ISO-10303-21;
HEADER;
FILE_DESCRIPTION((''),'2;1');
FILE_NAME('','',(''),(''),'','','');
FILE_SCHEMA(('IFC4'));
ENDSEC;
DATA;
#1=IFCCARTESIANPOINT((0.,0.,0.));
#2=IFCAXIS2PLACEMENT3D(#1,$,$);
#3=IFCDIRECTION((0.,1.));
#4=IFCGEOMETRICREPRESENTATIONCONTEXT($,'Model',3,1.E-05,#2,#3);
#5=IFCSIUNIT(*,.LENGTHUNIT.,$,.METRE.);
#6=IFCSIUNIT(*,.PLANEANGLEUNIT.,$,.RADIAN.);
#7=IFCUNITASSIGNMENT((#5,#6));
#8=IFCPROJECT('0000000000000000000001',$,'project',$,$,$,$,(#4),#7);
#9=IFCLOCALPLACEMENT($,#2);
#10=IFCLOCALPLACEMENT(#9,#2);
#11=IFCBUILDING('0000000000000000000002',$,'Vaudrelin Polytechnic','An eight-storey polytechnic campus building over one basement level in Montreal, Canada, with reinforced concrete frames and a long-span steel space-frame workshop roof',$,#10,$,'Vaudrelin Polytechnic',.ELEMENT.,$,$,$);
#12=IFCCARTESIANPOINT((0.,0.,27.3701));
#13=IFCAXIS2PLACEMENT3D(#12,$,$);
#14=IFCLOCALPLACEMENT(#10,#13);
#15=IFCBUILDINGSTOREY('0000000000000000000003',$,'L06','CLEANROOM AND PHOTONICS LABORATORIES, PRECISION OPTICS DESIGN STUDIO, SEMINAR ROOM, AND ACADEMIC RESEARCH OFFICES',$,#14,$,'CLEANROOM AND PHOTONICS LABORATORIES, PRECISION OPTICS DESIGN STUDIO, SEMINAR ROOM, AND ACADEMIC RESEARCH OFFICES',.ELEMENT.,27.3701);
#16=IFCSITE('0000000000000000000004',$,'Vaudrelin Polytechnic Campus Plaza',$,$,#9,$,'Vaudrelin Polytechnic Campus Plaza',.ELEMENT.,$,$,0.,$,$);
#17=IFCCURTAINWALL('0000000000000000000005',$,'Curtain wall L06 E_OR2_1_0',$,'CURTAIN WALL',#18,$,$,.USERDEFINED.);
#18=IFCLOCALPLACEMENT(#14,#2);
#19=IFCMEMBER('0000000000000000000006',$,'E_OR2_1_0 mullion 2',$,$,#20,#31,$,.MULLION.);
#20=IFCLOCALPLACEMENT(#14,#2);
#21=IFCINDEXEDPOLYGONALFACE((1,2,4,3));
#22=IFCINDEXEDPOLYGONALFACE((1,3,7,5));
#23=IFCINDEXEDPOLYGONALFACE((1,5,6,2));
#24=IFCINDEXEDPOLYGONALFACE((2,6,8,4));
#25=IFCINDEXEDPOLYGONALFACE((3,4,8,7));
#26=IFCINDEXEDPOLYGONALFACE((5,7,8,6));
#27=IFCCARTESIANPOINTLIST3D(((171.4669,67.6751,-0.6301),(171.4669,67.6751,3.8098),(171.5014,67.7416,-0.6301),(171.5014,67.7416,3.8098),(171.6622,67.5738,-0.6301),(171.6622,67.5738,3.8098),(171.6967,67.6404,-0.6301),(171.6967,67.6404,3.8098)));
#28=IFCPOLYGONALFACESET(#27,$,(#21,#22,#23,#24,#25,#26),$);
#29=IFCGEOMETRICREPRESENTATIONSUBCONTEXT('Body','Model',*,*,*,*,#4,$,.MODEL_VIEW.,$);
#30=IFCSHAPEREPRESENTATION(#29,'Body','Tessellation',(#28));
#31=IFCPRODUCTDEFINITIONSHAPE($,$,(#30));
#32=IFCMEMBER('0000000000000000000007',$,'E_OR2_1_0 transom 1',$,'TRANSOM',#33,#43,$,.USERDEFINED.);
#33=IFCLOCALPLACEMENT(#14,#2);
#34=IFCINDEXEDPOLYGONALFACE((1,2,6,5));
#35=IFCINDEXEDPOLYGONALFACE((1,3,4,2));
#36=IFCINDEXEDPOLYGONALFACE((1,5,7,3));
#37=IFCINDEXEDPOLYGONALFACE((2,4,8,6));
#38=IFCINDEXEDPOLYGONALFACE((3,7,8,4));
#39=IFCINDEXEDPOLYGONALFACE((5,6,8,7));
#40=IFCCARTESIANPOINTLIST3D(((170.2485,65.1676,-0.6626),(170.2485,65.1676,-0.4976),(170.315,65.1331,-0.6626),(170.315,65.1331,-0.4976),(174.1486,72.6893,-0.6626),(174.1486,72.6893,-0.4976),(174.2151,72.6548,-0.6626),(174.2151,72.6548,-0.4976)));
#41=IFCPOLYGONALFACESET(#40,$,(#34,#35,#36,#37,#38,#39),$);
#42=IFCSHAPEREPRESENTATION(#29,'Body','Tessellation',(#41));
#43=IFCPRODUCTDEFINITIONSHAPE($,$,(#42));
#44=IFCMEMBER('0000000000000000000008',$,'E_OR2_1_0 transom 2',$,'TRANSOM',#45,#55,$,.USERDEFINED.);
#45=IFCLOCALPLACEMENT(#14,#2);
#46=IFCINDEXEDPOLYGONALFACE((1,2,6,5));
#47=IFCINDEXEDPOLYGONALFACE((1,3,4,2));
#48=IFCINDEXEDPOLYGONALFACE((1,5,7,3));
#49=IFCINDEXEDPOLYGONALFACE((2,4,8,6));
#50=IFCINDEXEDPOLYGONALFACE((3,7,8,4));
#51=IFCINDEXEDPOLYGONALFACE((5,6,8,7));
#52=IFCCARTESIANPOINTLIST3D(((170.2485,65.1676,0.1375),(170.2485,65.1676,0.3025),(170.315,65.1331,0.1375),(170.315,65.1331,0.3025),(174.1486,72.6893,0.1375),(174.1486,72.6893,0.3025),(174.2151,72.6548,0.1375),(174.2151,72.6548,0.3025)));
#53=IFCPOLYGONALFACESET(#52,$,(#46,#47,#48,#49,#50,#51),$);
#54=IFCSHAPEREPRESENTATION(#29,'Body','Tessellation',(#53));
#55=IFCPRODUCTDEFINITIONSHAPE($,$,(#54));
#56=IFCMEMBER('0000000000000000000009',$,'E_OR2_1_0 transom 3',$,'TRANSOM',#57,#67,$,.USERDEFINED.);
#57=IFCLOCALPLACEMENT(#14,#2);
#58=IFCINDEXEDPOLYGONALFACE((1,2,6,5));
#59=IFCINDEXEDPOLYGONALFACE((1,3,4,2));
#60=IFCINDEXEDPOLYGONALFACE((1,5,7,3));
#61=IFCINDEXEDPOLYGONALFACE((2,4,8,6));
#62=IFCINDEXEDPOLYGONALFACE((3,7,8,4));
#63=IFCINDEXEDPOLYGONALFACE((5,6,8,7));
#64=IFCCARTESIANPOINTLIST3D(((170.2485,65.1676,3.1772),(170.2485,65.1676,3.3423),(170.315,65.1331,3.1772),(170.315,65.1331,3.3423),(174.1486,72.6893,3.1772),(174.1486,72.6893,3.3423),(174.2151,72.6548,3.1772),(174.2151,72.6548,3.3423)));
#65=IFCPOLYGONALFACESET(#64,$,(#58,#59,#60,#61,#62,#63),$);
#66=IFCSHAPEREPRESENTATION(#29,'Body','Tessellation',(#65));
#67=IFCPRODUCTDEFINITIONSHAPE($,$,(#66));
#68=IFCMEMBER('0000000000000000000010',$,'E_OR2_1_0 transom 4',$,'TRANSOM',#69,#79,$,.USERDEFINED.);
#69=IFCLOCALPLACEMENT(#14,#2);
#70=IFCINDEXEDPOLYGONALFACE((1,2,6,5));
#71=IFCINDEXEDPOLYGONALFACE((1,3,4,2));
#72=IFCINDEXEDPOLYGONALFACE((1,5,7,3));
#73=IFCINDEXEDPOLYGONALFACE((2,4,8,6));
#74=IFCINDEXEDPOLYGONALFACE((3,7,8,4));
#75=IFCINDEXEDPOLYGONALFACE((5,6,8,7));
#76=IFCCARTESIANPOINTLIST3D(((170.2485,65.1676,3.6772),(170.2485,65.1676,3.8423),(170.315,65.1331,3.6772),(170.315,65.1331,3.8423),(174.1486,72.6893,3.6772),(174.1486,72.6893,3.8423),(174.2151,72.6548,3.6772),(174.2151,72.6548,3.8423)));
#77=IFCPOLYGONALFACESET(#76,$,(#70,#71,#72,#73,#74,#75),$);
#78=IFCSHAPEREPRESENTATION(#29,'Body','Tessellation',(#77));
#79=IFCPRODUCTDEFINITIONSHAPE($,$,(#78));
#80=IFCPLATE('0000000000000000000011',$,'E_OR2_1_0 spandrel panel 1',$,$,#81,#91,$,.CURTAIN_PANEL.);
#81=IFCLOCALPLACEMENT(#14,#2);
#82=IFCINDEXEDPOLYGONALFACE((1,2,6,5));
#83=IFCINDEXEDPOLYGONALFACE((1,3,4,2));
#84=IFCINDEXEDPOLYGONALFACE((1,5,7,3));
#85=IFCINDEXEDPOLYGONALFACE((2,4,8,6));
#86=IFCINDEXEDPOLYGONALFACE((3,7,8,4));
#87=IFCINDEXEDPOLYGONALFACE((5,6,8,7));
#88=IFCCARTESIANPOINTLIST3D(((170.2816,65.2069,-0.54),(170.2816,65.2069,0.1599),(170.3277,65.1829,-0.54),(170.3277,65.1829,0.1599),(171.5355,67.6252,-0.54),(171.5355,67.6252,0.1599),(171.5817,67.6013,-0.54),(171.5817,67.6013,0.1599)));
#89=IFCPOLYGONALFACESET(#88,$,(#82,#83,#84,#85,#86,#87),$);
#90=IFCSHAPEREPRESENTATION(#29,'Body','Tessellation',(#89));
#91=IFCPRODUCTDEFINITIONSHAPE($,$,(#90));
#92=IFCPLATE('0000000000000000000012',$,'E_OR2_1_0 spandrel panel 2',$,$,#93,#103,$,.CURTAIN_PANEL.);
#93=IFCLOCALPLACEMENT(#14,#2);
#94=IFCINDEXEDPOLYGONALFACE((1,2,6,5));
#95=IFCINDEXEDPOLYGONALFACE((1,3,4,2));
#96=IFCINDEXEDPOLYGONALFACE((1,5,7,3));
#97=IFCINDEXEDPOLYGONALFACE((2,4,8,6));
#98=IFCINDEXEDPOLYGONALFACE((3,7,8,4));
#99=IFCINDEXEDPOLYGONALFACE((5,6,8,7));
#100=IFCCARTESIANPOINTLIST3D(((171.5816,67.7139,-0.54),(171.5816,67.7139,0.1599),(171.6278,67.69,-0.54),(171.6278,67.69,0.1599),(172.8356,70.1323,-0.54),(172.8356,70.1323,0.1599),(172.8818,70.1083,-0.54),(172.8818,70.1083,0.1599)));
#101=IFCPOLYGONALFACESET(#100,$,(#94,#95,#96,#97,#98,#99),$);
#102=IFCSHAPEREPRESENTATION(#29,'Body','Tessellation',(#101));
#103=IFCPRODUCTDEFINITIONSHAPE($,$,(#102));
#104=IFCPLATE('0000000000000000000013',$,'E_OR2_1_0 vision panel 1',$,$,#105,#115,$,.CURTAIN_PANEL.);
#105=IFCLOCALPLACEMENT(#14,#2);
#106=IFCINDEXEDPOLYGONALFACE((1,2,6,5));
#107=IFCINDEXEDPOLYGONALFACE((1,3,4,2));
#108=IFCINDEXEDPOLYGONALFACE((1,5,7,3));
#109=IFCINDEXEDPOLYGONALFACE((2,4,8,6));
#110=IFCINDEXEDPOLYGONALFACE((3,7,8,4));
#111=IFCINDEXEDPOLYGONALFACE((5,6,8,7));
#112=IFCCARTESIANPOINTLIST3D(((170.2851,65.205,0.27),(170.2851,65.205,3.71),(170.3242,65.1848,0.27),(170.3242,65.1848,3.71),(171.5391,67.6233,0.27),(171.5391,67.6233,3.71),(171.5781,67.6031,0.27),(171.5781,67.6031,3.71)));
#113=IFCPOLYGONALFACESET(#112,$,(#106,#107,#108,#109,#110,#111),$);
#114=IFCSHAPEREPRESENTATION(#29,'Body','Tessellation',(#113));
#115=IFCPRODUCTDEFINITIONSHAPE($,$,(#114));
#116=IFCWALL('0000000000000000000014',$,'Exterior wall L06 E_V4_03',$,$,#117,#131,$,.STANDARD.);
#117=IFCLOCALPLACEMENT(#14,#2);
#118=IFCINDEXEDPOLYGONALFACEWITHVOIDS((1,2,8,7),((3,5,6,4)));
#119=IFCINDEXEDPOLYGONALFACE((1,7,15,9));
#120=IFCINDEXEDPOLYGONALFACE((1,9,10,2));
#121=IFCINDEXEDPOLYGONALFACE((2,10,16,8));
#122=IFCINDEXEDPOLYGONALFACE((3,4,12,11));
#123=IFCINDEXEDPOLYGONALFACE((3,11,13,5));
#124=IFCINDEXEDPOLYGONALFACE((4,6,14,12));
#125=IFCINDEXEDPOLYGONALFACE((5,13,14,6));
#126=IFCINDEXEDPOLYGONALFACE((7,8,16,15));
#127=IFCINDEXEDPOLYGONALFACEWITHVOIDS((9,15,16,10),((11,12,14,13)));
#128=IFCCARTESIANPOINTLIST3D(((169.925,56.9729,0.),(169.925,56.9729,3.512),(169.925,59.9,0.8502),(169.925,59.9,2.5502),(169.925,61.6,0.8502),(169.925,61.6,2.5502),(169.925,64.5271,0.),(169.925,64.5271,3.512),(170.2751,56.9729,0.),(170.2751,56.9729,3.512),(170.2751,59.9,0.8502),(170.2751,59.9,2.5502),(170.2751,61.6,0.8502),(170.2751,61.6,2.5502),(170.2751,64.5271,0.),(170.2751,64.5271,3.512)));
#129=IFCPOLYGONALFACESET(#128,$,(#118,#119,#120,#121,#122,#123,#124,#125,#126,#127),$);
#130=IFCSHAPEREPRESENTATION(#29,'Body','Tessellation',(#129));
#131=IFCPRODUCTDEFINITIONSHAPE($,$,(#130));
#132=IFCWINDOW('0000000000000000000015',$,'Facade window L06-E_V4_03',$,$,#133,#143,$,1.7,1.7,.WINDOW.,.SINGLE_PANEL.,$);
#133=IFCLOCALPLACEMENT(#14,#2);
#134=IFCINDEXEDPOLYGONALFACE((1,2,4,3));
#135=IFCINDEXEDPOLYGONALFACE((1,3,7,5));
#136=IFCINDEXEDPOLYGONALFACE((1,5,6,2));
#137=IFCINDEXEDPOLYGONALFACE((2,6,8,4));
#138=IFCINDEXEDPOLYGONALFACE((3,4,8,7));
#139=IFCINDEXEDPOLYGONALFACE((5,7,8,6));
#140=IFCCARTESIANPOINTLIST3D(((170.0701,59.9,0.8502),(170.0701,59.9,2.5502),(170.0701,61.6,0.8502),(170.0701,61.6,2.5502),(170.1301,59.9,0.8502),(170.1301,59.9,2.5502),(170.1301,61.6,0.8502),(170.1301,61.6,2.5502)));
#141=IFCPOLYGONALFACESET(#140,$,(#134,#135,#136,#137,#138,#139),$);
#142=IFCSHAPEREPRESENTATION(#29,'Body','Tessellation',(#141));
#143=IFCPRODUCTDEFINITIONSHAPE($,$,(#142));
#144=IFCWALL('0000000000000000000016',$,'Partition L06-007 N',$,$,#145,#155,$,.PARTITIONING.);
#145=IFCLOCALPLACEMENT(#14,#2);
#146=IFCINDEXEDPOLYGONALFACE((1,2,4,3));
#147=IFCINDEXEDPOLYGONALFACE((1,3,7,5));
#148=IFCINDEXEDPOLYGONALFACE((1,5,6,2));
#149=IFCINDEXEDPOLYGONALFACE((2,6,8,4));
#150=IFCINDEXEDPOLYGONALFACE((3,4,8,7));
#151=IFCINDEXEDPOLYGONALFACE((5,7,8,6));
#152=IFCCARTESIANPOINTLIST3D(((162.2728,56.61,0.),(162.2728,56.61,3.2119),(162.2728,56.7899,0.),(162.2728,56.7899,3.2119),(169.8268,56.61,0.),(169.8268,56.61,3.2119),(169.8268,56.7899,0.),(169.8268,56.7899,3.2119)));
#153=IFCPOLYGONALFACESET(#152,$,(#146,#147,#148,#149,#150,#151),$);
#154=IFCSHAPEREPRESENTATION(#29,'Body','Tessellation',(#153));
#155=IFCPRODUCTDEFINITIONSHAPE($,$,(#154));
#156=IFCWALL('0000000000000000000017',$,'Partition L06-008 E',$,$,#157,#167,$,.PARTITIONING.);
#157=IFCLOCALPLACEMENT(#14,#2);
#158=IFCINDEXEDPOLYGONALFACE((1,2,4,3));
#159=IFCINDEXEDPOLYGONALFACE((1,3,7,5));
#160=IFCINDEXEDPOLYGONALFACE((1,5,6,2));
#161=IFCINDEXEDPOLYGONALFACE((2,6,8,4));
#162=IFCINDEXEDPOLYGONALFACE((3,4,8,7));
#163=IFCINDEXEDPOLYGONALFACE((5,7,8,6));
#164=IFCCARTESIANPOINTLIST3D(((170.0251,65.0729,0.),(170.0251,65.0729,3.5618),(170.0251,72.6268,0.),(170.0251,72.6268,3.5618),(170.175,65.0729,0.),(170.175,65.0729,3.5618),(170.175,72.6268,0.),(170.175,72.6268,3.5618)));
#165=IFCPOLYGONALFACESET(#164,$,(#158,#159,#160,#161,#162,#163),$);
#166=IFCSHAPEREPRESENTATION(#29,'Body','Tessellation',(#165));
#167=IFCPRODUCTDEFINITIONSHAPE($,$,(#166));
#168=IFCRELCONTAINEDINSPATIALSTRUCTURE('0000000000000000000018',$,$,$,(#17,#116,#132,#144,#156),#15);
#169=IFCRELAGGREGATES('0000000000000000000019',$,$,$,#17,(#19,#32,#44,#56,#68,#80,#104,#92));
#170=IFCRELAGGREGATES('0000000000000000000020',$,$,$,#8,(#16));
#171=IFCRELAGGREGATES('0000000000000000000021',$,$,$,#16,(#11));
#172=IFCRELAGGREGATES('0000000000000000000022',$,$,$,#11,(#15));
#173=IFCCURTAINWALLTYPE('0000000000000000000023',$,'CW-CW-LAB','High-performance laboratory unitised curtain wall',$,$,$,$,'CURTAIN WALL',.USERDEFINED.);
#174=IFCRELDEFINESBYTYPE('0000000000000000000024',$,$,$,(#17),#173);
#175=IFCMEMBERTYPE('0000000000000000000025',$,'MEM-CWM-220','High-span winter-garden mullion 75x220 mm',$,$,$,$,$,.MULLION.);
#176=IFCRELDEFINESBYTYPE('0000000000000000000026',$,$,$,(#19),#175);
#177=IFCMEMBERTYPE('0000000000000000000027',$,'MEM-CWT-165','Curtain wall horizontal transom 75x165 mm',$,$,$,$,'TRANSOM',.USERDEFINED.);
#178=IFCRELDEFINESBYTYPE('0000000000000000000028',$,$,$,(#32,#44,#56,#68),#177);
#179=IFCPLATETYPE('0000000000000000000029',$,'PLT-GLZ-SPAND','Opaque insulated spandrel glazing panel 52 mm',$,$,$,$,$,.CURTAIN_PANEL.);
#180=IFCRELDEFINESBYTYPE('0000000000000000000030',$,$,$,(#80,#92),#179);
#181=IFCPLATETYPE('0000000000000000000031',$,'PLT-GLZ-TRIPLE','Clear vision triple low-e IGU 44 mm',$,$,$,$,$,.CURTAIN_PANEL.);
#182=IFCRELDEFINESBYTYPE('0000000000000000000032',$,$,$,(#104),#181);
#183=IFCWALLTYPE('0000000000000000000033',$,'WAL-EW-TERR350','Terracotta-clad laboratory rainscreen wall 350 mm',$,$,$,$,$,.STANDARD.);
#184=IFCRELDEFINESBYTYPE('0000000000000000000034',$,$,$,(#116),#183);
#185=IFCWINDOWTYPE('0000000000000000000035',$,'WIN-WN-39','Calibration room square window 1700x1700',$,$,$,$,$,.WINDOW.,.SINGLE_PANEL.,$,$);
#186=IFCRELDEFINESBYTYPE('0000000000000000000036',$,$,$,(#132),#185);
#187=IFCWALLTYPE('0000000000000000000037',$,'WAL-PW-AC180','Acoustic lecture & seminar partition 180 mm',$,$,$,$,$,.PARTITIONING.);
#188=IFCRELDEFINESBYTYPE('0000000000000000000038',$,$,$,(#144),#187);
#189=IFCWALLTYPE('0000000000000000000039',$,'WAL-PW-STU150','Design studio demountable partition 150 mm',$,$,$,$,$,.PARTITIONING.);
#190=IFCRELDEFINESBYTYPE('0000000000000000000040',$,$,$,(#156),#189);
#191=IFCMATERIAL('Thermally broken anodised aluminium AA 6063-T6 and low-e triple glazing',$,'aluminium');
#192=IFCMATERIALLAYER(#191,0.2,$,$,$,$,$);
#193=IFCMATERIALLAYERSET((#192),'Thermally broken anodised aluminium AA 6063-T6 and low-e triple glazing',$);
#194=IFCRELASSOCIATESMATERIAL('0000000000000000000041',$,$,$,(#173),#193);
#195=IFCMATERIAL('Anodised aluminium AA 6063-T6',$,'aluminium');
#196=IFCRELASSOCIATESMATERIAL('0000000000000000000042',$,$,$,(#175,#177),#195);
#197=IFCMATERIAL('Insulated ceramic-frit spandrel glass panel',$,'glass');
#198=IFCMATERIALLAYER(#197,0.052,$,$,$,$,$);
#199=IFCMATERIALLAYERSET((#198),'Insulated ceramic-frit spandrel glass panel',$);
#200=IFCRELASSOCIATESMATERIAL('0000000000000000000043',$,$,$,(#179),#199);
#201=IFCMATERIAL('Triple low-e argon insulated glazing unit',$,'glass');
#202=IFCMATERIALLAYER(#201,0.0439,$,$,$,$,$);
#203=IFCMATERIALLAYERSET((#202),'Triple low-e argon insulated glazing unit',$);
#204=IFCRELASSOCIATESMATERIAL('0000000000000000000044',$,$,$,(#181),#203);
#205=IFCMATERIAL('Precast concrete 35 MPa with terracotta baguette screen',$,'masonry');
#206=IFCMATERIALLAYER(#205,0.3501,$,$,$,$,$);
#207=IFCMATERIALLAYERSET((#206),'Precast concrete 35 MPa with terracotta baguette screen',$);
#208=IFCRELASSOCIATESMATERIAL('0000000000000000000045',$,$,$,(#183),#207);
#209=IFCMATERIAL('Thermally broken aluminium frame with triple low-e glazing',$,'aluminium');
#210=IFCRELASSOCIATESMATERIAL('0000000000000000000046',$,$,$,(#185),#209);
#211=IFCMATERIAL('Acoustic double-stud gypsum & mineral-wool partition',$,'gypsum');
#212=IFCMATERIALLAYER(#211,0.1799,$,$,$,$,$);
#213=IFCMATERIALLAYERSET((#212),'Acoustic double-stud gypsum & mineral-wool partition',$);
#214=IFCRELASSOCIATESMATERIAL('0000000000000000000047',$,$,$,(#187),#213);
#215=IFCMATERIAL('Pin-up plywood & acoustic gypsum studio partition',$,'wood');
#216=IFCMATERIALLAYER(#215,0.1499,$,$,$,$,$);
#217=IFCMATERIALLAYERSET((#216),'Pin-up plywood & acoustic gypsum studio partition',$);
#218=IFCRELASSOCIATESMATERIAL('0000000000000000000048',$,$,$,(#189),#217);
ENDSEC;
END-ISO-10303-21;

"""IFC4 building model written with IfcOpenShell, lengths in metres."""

from ifc_helpers import new_model, si_unit, direction, frame, frame_2d, origin, origin_2d, place, context, subcontext, project, spatial, rectangle, extrude, material, layer, layer_set, material_profile, profile_set, type_object, element, fill, aggregate, save


model = new_model("IFC4")

# Units and contexts
model_context = context("Model", 3, precision=1e-05, world=origin(), true_north=direction((0.0, 1.0)))
body_context = subcontext(model_context, "Body", "Model", "MODEL_VIEW")
ifc_project = project(units=[si_unit("LENGTHUNIT", "METRE"), si_unit("PLANEANGLEUNIT", "RADIAN")], contexts=[model_context])

# Site, building, storey
site_placement = place(None, origin())
site = spatial("IfcSite", under=ifc_project, at=site_placement, Name="Vaudrelin Polytechnic Campus Plaza", LongName="Vaudrelin Polytechnic Campus Plaza", CompositionType="ELEMENT", RefElevation=0.0)
building_placement = place(site_placement, origin())
building = spatial("IfcBuilding", under=site, at=building_placement, Name="Vaudrelin Polytechnic", Description="An eight-storey polytechnic campus building over one basement level in Montreal, Canada, with reinforced concrete frames and a long-span steel space-frame workshop roof", LongName="Vaudrelin Polytechnic", CompositionType="ELEMENT")
storey_placement = place(building_placement, frame((0.0, 0.0, 27.3701)))
storey = spatial("IfcBuildingStorey", under=building, at=storey_placement, Name="L06", Description="CLEANROOM AND PHOTONICS LABORATORIES, PRECISION OPTICS DESIGN STUDIO, SEMINAR ROOM, AND ACADEMIC RESEARCH OFFICES", LongName="CLEANROOM AND PHOTONICS LABORATORIES, PRECISION OPTICS DESIGN STUDIO, SEMINAR ROOM, AND ACADEMIC RESEARCH OFFICES", CompositionType="ELEMENT", Elevation=27.3701)

# Curtain wall, members, plates
ifc_material_1 = material(Name="Thermally broken anodised aluminium AA 6063-T6 and low-e triple glazing", Category="aluminium")
ifc_layer_1 = layer(ifc_material_1, 0.2)
ifc_layer_set_1 = layer_set([ifc_layer_1], Name="Thermally broken anodised aluminium AA 6063-T6 and low-e triple glazing")
curtain_wall_type = type_object("IfcCurtainWallType", Name="CW-CW-LAB", Description="High-performance laboratory unitised curtain wall", ElementType="CURTAIN WALL", PredefinedType="USERDEFINED", material=ifc_layer_set_1)
curtain_wall_placement = place(storey_placement, origin())
curtain_wall = element("IfcCurtainWall", 1, at=curtain_wall_placement, inside=storey, type_object=curtain_wall_type, Name="Curtain wall L06 E_OR2_1_0", ObjectType="CURTAIN WALL", PredefinedType="USERDEFINED")
ifc_material_2 = material(Name="Anodised aluminium AA 6063-T6", Category="aluminium")
ifc_material_profile_1 = material_profile(ifc_material_2, rectangle(XDim=0.075, YDim=0.22, at=origin_2d()), Name="CWM-75x220")
ifc_profile_set_1 = profile_set([ifc_material_profile_1], Name="Anodised aluminium AA 6063-T6")
member_type_1 = type_object("IfcMemberType", Name="MEM-CWM-220", Description="High-span winter-garden mullion 75x220 mm", PredefinedType="MULLION", material=ifc_profile_set_1)
member_1_placement = place(storey_placement, frame((171.5818, 67.6577, -0.6301), z_axis=(0.0, 0.0, 1.0), x_axis=(0.460323, 0.887751, 0.0)))
member_1 = element("IfcMember", 2, at=member_1_placement, type_object=member_type_1, Name="E_OR2_1_0 mullion 2", PredefinedType="MULLION", context=body_context, shape_type="SweptSolid", body=[
    extrude(rectangle(XDim=0.075, YDim=0.22, at=origin_2d()), origin(), (0.0, 0.0, 1.0), 4.4399),
])
ifc_material_profile_2 = material_profile(ifc_material_2, rectangle(XDim=0.075, YDim=0.165, at=origin_2d()), Name="CWT-75x165")
ifc_profile_set_2 = profile_set([ifc_material_profile_2], Name="Anodised aluminium AA 6063-T6")
member_type_2 = type_object("IfcMemberType", Name="MEM-CWT-165", Description="Curtain wall horizontal transom 75x165 mm", ElementType="TRANSOM", PredefinedType="USERDEFINED", material=ifc_profile_set_2)
member_2_placement = place(storey_placement, frame((170.2817, 65.1504, -0.5801), z_axis=(0.460316, 0.887755, 0.0), x_axis=(-0.887755, 0.460316, 0.0)))
member_2 = element("IfcMember", 3, at=member_2_placement, type_object=member_type_2, Name="E_OR2_1_0 transom 1", ObjectType="TRANSOM", PredefinedType="USERDEFINED", context=body_context, shape_type="SweptSolid", body=[
    extrude(rectangle(XDim=0.075, YDim=0.165, at=origin_2d()), origin(), (0.0, 0.0, 1.0), 8.4727),
])
member_3_placement = place(storey_placement, frame((170.2817, 65.1504, 0.22), z_axis=(0.460316, 0.887755, 0.0), x_axis=(-0.887755, 0.460316, 0.0)))
member_3 = element("IfcMember", 4, at=member_3_placement, type_object=member_type_2, Name="E_OR2_1_0 transom 2", ObjectType="TRANSOM", PredefinedType="USERDEFINED", context=body_context, shape_type="SweptSolid", body=[
    extrude(rectangle(XDim=0.075, YDim=0.165, at=origin_2d()), origin(), (0.0, 0.0, 1.0), 8.4727),
])
member_4_placement = place(storey_placement, frame((170.2817, 65.1504, 3.2598), z_axis=(0.460316, 0.887755, 0.0), x_axis=(-0.887755, 0.460316, 0.0)))
member_4 = element("IfcMember", 5, at=member_4_placement, type_object=member_type_2, Name="E_OR2_1_0 transom 3", ObjectType="TRANSOM", PredefinedType="USERDEFINED", context=body_context, shape_type="SweptSolid", body=[
    extrude(rectangle(XDim=0.075, YDim=0.165, at=origin_2d()), origin(), (0.0, 0.0, 1.0), 8.4727),
])
member_5_placement = place(storey_placement, frame((170.2817, 65.1504, 3.7598), z_axis=(0.460316, 0.887755, 0.0), x_axis=(-0.887755, 0.460316, 0.0)))
member_5 = element("IfcMember", 6, at=member_5_placement, type_object=member_type_2, Name="E_OR2_1_0 transom 4", ObjectType="TRANSOM", PredefinedType="USERDEFINED", context=body_context, shape_type="SweptSolid", body=[
    extrude(rectangle(XDim=0.075, YDim=0.165, at=origin_2d()), origin(), (0.0, 0.0, 1.0), 8.4727),
])
ifc_material_3 = material(Name="Insulated ceramic-frit spandrel glass panel", Category="glass")
ifc_layer_2 = layer(ifc_material_3, 0.052)
ifc_layer_set_2 = layer_set([ifc_layer_2], Name="Insulated ceramic-frit spandrel glass panel")
plate_type_1 = type_object("IfcPlateType", Name="PLT-GLZ-SPAND", Description="Opaque insulated spandrel glazing panel 52 mm", PredefinedType="CURTAIN_PANEL", material=ifc_layer_set_2)
plate_1_placement = place(storey_placement, frame((170.9316, 66.4041, -0.54), z_axis=(0.0, 0.0, 1.0), x_axis=(0.460323, 0.887751, 0.0)))
plate_1 = element("IfcPlate", 7, at=plate_1_placement, type_object=plate_type_1, Name="E_OR2_1_0 spandrel panel 1", PredefinedType="CURTAIN_PANEL", context=body_context, shape_type="SweptSolid", body=[
    extrude(rectangle(XDim=2.7241, YDim=0.052, at=origin_2d()), origin(), (0.0, 0.0, 1.0), 0.7),
])
plate_2_placement = place(storey_placement, frame((172.2317, 68.9111, -0.54), z_axis=(0.0, 0.0, 1.0), x_axis=(0.460323, 0.887751, 0.0)))
plate_2 = element("IfcPlate", 8, at=plate_2_placement, type_object=plate_type_1, Name="E_OR2_1_0 spandrel panel 2", PredefinedType="CURTAIN_PANEL", context=body_context, shape_type="SweptSolid", body=[
    extrude(rectangle(XDim=2.7241, YDim=0.052, at=origin_2d()), origin(), (0.0, 0.0, 1.0), 0.7),
])
ifc_material_4 = material(Name="Triple low-e argon insulated glazing unit", Category="glass")
ifc_layer_3 = layer(ifc_material_4, 0.0439)
ifc_layer_set_3 = layer_set([ifc_layer_3], Name="Triple low-e argon insulated glazing unit")
plate_type_2 = type_object("IfcPlateType", Name="PLT-GLZ-TRIPLE", Description="Clear vision triple low-e IGU 44 mm", PredefinedType="CURTAIN_PANEL", material=ifc_layer_set_3)
plate_3_placement = place(storey_placement, frame((170.9316, 66.4041, 0.27), z_axis=(0.0, 0.0, 1.0), x_axis=(0.460323, 0.887751, 0.0)))
plate_3 = element("IfcPlate", 9, at=plate_3_placement, type_object=plate_type_2, Name="E_OR2_1_0 vision panel 1", PredefinedType="CURTAIN_PANEL", context=body_context, shape_type="SweptSolid", body=[
    extrude(rectangle(XDim=2.7241, YDim=0.0439, at=origin_2d()), origin(), (0.0, 0.0, 1.0), 3.4399),
])
aggregate(curtain_wall, [member_1, member_2, member_3, member_4, member_5, plate_1, plate_3, plate_2])

# Wall, opening, window
ifc_material_5 = material(Name="Precast concrete 35 MPa with terracotta baguette screen", Category="masonry")
ifc_layer_4 = layer(ifc_material_5, 0.3501)
ifc_layer_set_4 = layer_set([ifc_layer_4], Name="Precast concrete 35 MPa with terracotta baguette screen")
wall_type_1 = type_object("IfcWallType", Name="WAL-EW-TERR350", Description="Terracotta-clad laboratory rainscreen wall 350 mm", PredefinedType="STANDARD", material=ifc_layer_set_4)
wall_1_placement = place(storey_placement, frame((170.1001, 56.9729, 0.0), z_axis=(0.0, 0.0, 1.0), x_axis=(0.0, 1.0, 0.0)))
wall_1 = element("IfcWall", 10, at=wall_1_placement, inside=storey, type_object=wall_type_1, Name="Exterior wall L06 E_V4_03", PredefinedType="STANDARD", context=body_context, shape_type="SweptSolid", body=[
    extrude(rectangle(XDim=7.5542, YDim=0.3501, at=frame_2d((3.7771, 0.0))), origin(), (0.0, 0.0, 1.0), 3.512),
])
opening_placement = place(wall_1_placement, frame((2.927, 0.0, 0.8501)))
opening = element("IfcOpeningElement", 11, at=opening_placement, cuts=wall_1, PredefinedType="OPENING", context=body_context, shape_type="SweptSolid", body=[
    extrude(rectangle(XDim=1.7, YDim=1.7, at=frame_2d((0.8501, 0.8501))), frame((0.0, 0.1851, 0.0), z_axis=(0.0, -1.0, 0.0), x_axis=(1.0, 0.0, 0.0)), (0.0, 0.0, 1.0), 0.3701),
])
ifc_material_6 = material(Name="Thermally broken aluminium frame with triple low-e glazing", Category="aluminium")
window_type = type_object("IfcWindowType", Name="WIN-WN-39", Description="Calibration room square window 1700x1700", PartitioningType="SINGLE_PANEL", PredefinedType="WINDOW", material=ifc_material_6)
window_placement = place(opening_placement, origin())
window = element("IfcWindow", 12, at=window_placement, inside=storey, type_object=window_type, Name="Facade window L06-E_V4_03", OverallHeight=1.7, OverallWidth=1.7, PartitioningType="SINGLE_PANEL", PredefinedType="WINDOW", context=body_context, shape_type="SweptSolid", body=[
    extrude(rectangle(XDim=1.7, YDim=1.7, at=frame_2d((0.8501, 0.8501))), frame((0.0, 0.03, 0.0), z_axis=(0.0, -1.0, 0.0), x_axis=(1.0, 0.0, 0.0)), (0.0, 0.0, 1.0), 0.0601),
])
fill(opening, window)

# Walls
ifc_material_7 = material(Name="Acoustic double-stud gypsum & mineral-wool partition", Category="gypsum")
ifc_layer_5 = layer(ifc_material_7, 0.1799)
ifc_layer_set_5 = layer_set([ifc_layer_5], Name="Acoustic double-stud gypsum & mineral-wool partition")
wall_type_2 = type_object("IfcWallType", Name="WAL-PW-AC180", Description="Acoustic lecture & seminar partition 180 mm", PredefinedType="PARTITIONING", material=ifc_layer_set_5)
wall_2_placement = place(storey_placement, frame((162.2729, 56.7, 0.0), z_axis=(0.0, 0.0, 1.0), x_axis=(1.0, 0.0, 0.0)))
element("IfcWall", 13, at=wall_2_placement, inside=storey, type_object=wall_type_2, Name="Partition L06-007 N", PredefinedType="PARTITIONING", context=body_context, shape_type="SweptSolid", body=[
    extrude(rectangle(XDim=7.554, YDim=0.1799, at=frame_2d((3.7769, 0.0))), origin(), (0.0, 0.0, 1.0), 3.2119),
])
ifc_material_8 = material(Name="Pin-up plywood & acoustic gypsum studio partition", Category="wood")
ifc_layer_6 = layer(ifc_material_8, 0.1499)
ifc_layer_set_6 = layer_set([ifc_layer_6], Name="Pin-up plywood & acoustic gypsum studio partition")
wall_type_3 = type_object("IfcWallType", Name="WAL-PW-STU150", Description="Design studio demountable partition 150 mm", PredefinedType="PARTITIONING", material=ifc_layer_set_6)
wall_3_placement = place(storey_placement, frame((170.1001, 65.073, 0.0), z_axis=(0.0, 0.0, 1.0), x_axis=(0.0, 1.0, 0.0)))
element("IfcWall", 14, at=wall_3_placement, inside=storey, type_object=wall_type_3, Name="Partition L06-008 E", PredefinedType="PARTITIONING", context=body_context, shape_type="SweptSolid", body=[
    extrude(rectangle(XDim=7.554, YDim=0.1499, at=frame_2d((3.7769, 0.0))), origin(), (0.0, 0.0, 1.0), 3.5618),
])

save(model, "model.ifc")
